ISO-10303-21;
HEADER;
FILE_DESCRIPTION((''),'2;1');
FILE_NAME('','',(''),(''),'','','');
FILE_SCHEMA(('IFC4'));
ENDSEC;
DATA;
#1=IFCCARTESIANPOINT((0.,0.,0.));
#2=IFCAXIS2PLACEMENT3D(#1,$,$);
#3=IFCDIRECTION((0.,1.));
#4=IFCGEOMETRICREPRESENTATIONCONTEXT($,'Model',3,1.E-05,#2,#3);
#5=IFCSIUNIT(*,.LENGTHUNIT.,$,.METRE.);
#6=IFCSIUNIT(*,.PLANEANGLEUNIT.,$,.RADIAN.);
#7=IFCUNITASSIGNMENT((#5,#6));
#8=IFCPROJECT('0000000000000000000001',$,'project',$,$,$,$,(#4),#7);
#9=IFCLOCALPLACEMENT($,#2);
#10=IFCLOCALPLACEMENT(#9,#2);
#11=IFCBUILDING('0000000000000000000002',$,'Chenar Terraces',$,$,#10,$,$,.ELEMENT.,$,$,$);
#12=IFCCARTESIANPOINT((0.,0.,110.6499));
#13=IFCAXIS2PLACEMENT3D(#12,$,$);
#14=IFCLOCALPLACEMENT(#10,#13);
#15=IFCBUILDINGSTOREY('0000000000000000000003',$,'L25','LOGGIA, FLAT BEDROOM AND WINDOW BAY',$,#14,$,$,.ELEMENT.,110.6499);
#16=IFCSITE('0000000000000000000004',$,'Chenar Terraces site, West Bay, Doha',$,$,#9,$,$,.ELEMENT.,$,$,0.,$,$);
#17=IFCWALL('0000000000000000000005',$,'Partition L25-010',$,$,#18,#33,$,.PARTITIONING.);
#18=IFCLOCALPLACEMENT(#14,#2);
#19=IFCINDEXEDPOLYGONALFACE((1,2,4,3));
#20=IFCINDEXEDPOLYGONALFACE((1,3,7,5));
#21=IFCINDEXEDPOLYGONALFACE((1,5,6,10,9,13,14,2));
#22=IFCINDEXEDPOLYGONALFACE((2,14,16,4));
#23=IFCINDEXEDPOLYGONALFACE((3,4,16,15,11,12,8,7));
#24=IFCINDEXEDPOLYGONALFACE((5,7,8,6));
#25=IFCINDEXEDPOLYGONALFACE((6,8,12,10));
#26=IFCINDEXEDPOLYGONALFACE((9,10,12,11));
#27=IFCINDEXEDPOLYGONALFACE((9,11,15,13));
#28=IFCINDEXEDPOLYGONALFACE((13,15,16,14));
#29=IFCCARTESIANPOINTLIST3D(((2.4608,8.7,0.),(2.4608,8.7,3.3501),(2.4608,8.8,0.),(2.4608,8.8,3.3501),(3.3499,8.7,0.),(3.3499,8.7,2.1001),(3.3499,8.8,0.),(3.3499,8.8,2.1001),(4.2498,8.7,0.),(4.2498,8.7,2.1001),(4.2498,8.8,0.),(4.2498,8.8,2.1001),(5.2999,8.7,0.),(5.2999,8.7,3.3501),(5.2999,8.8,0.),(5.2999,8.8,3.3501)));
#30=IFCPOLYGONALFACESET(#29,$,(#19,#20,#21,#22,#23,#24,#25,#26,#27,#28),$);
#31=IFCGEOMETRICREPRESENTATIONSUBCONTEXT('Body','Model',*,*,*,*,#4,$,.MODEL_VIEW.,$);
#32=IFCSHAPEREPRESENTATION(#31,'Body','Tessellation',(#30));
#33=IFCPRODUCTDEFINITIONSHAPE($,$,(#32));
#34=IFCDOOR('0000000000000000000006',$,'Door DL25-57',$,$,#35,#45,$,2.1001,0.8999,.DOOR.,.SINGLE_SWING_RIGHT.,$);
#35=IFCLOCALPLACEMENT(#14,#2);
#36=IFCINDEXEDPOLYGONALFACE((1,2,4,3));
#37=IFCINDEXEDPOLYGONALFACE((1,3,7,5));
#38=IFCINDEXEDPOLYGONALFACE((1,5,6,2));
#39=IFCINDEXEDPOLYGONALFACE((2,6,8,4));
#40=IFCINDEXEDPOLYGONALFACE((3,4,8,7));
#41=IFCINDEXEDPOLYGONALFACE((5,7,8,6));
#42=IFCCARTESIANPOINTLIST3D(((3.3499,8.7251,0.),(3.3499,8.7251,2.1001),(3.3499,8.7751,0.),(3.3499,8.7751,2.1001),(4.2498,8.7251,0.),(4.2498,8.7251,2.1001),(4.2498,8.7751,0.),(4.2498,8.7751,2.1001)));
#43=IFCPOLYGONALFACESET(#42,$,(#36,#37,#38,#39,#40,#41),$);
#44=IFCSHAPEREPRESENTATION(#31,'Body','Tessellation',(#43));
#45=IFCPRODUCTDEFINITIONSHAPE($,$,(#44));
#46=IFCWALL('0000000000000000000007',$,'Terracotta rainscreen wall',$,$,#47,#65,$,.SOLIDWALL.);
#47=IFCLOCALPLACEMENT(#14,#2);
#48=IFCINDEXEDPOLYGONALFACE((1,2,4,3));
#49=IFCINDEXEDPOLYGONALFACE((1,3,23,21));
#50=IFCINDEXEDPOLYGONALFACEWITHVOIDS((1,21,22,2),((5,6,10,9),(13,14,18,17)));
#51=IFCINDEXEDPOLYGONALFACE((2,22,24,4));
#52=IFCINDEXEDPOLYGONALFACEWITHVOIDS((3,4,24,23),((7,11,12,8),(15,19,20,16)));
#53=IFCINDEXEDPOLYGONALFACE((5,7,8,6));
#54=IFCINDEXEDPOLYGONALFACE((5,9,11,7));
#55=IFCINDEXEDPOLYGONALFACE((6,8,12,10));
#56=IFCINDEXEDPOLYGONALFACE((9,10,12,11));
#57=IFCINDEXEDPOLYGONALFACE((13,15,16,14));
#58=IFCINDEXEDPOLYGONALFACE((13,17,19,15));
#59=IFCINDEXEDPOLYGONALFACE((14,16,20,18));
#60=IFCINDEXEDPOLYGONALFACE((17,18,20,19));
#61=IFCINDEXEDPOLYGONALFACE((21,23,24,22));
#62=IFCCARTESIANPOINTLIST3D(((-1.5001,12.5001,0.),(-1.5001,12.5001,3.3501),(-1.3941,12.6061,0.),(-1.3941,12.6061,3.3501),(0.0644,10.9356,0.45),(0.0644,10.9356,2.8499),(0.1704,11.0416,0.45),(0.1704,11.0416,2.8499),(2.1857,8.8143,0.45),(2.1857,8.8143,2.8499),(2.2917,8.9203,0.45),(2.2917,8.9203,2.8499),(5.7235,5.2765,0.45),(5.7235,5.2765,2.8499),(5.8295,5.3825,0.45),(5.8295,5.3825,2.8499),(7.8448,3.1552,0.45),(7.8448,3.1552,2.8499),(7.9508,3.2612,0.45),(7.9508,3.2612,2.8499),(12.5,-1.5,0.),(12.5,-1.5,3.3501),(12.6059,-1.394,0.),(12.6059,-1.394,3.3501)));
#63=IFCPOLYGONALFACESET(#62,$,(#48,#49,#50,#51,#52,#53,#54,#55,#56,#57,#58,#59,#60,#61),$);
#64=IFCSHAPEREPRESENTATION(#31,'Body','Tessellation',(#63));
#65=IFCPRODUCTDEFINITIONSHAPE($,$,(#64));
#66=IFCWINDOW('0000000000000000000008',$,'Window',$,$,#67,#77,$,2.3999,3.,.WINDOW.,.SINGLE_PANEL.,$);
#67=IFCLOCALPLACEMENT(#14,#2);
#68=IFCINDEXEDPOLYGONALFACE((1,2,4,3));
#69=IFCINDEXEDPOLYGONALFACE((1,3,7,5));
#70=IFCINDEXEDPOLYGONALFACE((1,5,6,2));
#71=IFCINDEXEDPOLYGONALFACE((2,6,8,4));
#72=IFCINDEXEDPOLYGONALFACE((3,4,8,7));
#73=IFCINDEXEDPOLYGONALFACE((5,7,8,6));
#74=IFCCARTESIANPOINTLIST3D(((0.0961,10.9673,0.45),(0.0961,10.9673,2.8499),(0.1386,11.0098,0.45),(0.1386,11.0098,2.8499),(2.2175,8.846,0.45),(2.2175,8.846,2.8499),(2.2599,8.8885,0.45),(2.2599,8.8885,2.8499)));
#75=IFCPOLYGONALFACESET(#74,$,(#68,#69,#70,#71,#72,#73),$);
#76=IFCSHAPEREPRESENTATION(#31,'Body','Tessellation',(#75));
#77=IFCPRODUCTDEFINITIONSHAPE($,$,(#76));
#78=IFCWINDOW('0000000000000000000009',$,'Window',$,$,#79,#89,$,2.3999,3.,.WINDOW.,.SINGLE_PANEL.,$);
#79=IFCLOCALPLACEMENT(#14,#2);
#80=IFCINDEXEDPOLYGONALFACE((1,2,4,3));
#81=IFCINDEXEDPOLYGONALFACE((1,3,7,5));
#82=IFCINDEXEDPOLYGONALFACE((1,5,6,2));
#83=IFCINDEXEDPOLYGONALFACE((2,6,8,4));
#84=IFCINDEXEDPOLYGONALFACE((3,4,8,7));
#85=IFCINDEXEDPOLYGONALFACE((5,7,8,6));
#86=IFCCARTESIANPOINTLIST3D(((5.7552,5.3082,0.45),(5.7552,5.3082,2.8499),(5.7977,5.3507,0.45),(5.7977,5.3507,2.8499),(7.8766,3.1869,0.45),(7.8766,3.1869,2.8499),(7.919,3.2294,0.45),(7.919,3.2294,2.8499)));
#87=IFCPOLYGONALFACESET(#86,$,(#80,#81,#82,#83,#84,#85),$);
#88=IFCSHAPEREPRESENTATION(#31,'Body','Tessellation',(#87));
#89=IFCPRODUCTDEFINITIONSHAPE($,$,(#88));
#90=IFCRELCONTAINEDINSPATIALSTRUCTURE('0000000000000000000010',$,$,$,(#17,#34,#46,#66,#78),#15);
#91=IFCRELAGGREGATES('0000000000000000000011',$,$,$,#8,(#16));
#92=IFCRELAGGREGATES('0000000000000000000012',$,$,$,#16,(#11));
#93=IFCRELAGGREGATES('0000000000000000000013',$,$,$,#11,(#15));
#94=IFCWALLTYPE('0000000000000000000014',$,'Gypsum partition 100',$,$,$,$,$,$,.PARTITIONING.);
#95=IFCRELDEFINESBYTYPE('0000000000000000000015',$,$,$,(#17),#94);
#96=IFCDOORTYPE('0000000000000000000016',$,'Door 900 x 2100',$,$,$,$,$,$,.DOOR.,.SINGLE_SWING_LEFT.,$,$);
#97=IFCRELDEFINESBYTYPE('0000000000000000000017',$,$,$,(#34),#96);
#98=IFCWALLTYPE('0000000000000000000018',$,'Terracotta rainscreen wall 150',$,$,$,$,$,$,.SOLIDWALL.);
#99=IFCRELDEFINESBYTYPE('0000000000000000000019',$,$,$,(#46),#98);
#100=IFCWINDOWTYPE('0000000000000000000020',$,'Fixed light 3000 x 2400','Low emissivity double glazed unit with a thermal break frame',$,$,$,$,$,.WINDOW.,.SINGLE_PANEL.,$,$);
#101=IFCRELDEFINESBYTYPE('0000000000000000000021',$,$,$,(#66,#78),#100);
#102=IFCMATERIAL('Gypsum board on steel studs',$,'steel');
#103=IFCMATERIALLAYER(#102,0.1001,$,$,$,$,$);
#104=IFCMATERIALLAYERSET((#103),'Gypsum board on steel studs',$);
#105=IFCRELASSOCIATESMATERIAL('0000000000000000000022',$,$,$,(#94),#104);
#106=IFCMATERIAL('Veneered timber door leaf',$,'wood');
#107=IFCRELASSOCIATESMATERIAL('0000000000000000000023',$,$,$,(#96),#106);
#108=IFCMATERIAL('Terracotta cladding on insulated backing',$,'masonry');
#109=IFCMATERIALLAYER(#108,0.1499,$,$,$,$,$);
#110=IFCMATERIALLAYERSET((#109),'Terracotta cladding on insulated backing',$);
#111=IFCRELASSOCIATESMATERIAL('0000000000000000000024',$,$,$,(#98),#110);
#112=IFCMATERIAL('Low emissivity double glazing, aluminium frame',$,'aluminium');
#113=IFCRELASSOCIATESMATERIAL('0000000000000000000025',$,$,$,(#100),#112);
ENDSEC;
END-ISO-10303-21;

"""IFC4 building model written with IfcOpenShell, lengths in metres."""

from ifc_helpers import new_model, si_unit, direction, frame, frame_2d, origin, place, context, subcontext, project, spatial, rectangle, extrude, material, layer, layer_set, type_object, element, fill, save


model = new_model("IFC4")

# Units and contexts
model_context = context("Model", 3, precision=1e-05, world=origin(), true_north=direction((0.0, 1.0)))
body_context = subcontext(model_context, "Body", "Model", "MODEL_VIEW")
ifc_project = project(units=[si_unit("LENGTHUNIT", "METRE"), si_unit("PLANEANGLEUNIT", "RADIAN")], contexts=[model_context])

# Site, building, storey
site_placement = place(None, origin())
site = spatial("IfcSite", under=ifc_project, at=site_placement, Name="Chenar Terraces site, West Bay, Doha", CompositionType="ELEMENT", RefElevation=0.0)
building_placement = place(site_placement, origin())
building = spatial("IfcBuilding", under=site, at=building_placement, Name="Chenar Terraces", CompositionType="ELEMENT")
storey_placement = place(building_placement, frame((0.0, 0.0, 110.6499)))
storey = spatial("IfcBuildingStorey", under=building, at=storey_placement, Name="L25", Description="LOGGIA, FLAT BEDROOM AND WINDOW BAY", CompositionType="ELEMENT", Elevation=110.6499)

# Wall, opening, door
ifc_material_1 = material(Name="Gypsum board on steel studs", Category="steel")
ifc_layer_1 = layer(ifc_material_1, 0.1001)
ifc_layer_set_1 = layer_set([ifc_layer_1], Name="Gypsum board on steel studs")
wall_type_1 = type_object("IfcWallType", Name="Gypsum partition 100", PredefinedType="PARTITIONING", material=ifc_layer_set_1)
wall_1_placement = place(storey_placement, frame((2.4609, 8.75, 0.0), z_axis=(0.0, 0.0, 1.0), x_axis=(1.0, 0.0, 0.0)))
wall_1 = element("IfcWall", 1, at=wall_1_placement, inside=storey, type_object=wall_type_1, Name="Partition L25-010", PredefinedType="PARTITIONING", context=body_context, shape_type="SweptSolid", body=[
    extrude(rectangle(XDim=2.8391, YDim=0.1001, at=frame_2d((1.4194, 0.0))), origin(), (0.0, 0.0, 1.0), 3.3501),
])
opening_1_placement = place(wall_1_placement, frame((0.8889, 0.0, 0.0)))
opening_1 = element("IfcOpeningElement", 2, at=opening_1_placement, cuts=wall_1, PredefinedType="OPENING", context=body_context, shape_type="SweptSolid", body=[
    extrude(rectangle(XDim=0.8999, YDim=2.1001, at=frame_2d((0.45, 1.05))), frame((0.0, 0.0601, 0.0), z_axis=(0.0, -1.0, 0.0), x_axis=(1.0, 0.0, 0.0)), (0.0, 0.0, 1.0), 0.1201),
])
ifc_material_2 = material(Name="Veneered timber door leaf", Category="wood")
door_type_1 = type_object("IfcDoorType", Name="Door 900 x 2100", OperationType="SINGLE_SWING_LEFT", PredefinedType="DOOR", material=ifc_material_2)
door_1_placement = place(opening_1_placement, frame((0.8999, 0.0, 0.0), z_axis=(0.0, 0.0, 1.0), x_axis=(-1.0, 0.0, 0.0)))
door_1 = element("IfcDoor", 3, at=door_1_placement, inside=storey, type_object=door_type_1, Name="Door DL25-57", OperationType="SINGLE_SWING_RIGHT", OverallHeight=2.1001, OverallWidth=0.8999, PredefinedType="DOOR", context=body_context, shape_type="SweptSolid", body=[
    extrude(rectangle(XDim=0.8999, YDim=2.1001, at=frame_2d((0.45, 1.05))), frame((0.0, 0.0249, 0.0), z_axis=(0.0, -1.0, 0.0), x_axis=(1.0, 0.0, 0.0)), (0.0, 0.0, 1.0), 0.05),
])
fill(opening_1, door_1)

# Wall, openings, windows
ifc_material_3 = material(Name="Terracotta cladding on insulated backing", Category="masonry")
ifc_layer_2 = layer(ifc_material_3, 0.1499)
ifc_layer_set_2 = layer_set([ifc_layer_2], Name="Terracotta cladding on insulated backing")
wall_type_2 = type_object("IfcWallType", Name="Terracotta rainscreen wall 150", PredefinedType="SOLIDWALL", material=ifc_layer_set_2)
wall_2_placement = place(storey_placement, frame((-1.447, 12.553, 0.0), z_axis=(0.0, 0.0, 1.0), x_axis=(0.707107, -0.707107, 0.0)))
wall_2 = element("IfcWall", 4, at=wall_2_placement, inside=storey, type_object=wall_type_2, Name="Terracotta rainscreen wall", PredefinedType="SOLIDWALL", context=body_context, shape_type="SweptSolid", body=[
    extrude(rectangle(XDim=19.7991, YDim=0.1499, at=frame_2d((9.8994, 0.0))), origin(), (0.0, 0.0, 1.0), 3.3501),
])
opening_2_placement = place(wall_2_placement, frame((2.2124, 0.0, 0.45)))
opening_2 = element("IfcOpeningElement", 5, at=opening_2_placement, cuts=wall_2, PredefinedType="OPENING", context=body_context, shape_type="SweptSolid", body=[
    extrude(rectangle(XDim=3.0, YDim=2.3999, at=frame_2d((1.5, 1.2))), frame((0.0, 0.085, 0.0), z_axis=(0.0, -1.0, 0.0), x_axis=(1.0, 0.0, 0.0)), (0.0, 0.0, 1.0), 0.1699),
])
opening_3_placement = place(wall_2_placement, frame((10.2156, 0.0, 0.45)))
opening_3 = element("IfcOpeningElement", 6, at=opening_3_placement, cuts=wall_2, PredefinedType="OPENING", context=body_context, shape_type="SweptSolid", body=[
    extrude(rectangle(XDim=3.0, YDim=2.3999, at=frame_2d((1.5, 1.2))), frame((0.0, 0.085, 0.0), z_axis=(0.0, -1.0, 0.0), x_axis=(1.0, 0.0, 0.0)), (0.0, 0.0, 1.0), 0.1699),
])
ifc_material_4 = material(Name="Low emissivity double glazing, aluminium frame", Category="aluminium")
window_type = type_object("IfcWindowType", Name="Fixed light 3000 x 2400", Description="Low emissivity double glazed unit with a thermal break frame", PartitioningType="SINGLE_PANEL", PredefinedType="WINDOW", material=ifc_material_4)
window_1_placement = place(opening_2_placement, origin())
window_1 = element("IfcWindow", 7, at=window_1_placement, inside=storey, type_object=window_type, Name="Window", OverallHeight=2.3999, OverallWidth=3.0, PartitioningType="SINGLE_PANEL", PredefinedType="WINDOW", context=body_context, shape_type="SweptSolid", body=[
    extrude(rectangle(XDim=3.0, YDim=2.3999, at=frame_2d((1.5, 1.2))), frame((0.0, 0.03, 0.0), z_axis=(0.0, -1.0, 0.0), x_axis=(1.0, 0.0, 0.0)), (0.0, 0.0, 1.0), 0.0601),
])
fill(opening_2, window_1)
window_2_placement = place(opening_3_placement, origin())
window_2 = element("IfcWindow", 8, at=window_2_placement, inside=storey, type_object=window_type, Name="Window", OverallHeight=2.3999, OverallWidth=3.0, PartitioningType="SINGLE_PANEL", PredefinedType="WINDOW", context=body_context, shape_type="SweptSolid", body=[
    extrude(rectangle(XDim=3.0, YDim=2.3999, at=frame_2d((1.5, 1.2))), frame((0.0, 0.03, 0.0), z_axis=(0.0, -1.0, 0.0), x_axis=(1.0, 0.0, 0.0)), (0.0, 0.0, 1.0), 0.0601),
])
fill(opening_3, window_2)

save(model, "model.ifc")
